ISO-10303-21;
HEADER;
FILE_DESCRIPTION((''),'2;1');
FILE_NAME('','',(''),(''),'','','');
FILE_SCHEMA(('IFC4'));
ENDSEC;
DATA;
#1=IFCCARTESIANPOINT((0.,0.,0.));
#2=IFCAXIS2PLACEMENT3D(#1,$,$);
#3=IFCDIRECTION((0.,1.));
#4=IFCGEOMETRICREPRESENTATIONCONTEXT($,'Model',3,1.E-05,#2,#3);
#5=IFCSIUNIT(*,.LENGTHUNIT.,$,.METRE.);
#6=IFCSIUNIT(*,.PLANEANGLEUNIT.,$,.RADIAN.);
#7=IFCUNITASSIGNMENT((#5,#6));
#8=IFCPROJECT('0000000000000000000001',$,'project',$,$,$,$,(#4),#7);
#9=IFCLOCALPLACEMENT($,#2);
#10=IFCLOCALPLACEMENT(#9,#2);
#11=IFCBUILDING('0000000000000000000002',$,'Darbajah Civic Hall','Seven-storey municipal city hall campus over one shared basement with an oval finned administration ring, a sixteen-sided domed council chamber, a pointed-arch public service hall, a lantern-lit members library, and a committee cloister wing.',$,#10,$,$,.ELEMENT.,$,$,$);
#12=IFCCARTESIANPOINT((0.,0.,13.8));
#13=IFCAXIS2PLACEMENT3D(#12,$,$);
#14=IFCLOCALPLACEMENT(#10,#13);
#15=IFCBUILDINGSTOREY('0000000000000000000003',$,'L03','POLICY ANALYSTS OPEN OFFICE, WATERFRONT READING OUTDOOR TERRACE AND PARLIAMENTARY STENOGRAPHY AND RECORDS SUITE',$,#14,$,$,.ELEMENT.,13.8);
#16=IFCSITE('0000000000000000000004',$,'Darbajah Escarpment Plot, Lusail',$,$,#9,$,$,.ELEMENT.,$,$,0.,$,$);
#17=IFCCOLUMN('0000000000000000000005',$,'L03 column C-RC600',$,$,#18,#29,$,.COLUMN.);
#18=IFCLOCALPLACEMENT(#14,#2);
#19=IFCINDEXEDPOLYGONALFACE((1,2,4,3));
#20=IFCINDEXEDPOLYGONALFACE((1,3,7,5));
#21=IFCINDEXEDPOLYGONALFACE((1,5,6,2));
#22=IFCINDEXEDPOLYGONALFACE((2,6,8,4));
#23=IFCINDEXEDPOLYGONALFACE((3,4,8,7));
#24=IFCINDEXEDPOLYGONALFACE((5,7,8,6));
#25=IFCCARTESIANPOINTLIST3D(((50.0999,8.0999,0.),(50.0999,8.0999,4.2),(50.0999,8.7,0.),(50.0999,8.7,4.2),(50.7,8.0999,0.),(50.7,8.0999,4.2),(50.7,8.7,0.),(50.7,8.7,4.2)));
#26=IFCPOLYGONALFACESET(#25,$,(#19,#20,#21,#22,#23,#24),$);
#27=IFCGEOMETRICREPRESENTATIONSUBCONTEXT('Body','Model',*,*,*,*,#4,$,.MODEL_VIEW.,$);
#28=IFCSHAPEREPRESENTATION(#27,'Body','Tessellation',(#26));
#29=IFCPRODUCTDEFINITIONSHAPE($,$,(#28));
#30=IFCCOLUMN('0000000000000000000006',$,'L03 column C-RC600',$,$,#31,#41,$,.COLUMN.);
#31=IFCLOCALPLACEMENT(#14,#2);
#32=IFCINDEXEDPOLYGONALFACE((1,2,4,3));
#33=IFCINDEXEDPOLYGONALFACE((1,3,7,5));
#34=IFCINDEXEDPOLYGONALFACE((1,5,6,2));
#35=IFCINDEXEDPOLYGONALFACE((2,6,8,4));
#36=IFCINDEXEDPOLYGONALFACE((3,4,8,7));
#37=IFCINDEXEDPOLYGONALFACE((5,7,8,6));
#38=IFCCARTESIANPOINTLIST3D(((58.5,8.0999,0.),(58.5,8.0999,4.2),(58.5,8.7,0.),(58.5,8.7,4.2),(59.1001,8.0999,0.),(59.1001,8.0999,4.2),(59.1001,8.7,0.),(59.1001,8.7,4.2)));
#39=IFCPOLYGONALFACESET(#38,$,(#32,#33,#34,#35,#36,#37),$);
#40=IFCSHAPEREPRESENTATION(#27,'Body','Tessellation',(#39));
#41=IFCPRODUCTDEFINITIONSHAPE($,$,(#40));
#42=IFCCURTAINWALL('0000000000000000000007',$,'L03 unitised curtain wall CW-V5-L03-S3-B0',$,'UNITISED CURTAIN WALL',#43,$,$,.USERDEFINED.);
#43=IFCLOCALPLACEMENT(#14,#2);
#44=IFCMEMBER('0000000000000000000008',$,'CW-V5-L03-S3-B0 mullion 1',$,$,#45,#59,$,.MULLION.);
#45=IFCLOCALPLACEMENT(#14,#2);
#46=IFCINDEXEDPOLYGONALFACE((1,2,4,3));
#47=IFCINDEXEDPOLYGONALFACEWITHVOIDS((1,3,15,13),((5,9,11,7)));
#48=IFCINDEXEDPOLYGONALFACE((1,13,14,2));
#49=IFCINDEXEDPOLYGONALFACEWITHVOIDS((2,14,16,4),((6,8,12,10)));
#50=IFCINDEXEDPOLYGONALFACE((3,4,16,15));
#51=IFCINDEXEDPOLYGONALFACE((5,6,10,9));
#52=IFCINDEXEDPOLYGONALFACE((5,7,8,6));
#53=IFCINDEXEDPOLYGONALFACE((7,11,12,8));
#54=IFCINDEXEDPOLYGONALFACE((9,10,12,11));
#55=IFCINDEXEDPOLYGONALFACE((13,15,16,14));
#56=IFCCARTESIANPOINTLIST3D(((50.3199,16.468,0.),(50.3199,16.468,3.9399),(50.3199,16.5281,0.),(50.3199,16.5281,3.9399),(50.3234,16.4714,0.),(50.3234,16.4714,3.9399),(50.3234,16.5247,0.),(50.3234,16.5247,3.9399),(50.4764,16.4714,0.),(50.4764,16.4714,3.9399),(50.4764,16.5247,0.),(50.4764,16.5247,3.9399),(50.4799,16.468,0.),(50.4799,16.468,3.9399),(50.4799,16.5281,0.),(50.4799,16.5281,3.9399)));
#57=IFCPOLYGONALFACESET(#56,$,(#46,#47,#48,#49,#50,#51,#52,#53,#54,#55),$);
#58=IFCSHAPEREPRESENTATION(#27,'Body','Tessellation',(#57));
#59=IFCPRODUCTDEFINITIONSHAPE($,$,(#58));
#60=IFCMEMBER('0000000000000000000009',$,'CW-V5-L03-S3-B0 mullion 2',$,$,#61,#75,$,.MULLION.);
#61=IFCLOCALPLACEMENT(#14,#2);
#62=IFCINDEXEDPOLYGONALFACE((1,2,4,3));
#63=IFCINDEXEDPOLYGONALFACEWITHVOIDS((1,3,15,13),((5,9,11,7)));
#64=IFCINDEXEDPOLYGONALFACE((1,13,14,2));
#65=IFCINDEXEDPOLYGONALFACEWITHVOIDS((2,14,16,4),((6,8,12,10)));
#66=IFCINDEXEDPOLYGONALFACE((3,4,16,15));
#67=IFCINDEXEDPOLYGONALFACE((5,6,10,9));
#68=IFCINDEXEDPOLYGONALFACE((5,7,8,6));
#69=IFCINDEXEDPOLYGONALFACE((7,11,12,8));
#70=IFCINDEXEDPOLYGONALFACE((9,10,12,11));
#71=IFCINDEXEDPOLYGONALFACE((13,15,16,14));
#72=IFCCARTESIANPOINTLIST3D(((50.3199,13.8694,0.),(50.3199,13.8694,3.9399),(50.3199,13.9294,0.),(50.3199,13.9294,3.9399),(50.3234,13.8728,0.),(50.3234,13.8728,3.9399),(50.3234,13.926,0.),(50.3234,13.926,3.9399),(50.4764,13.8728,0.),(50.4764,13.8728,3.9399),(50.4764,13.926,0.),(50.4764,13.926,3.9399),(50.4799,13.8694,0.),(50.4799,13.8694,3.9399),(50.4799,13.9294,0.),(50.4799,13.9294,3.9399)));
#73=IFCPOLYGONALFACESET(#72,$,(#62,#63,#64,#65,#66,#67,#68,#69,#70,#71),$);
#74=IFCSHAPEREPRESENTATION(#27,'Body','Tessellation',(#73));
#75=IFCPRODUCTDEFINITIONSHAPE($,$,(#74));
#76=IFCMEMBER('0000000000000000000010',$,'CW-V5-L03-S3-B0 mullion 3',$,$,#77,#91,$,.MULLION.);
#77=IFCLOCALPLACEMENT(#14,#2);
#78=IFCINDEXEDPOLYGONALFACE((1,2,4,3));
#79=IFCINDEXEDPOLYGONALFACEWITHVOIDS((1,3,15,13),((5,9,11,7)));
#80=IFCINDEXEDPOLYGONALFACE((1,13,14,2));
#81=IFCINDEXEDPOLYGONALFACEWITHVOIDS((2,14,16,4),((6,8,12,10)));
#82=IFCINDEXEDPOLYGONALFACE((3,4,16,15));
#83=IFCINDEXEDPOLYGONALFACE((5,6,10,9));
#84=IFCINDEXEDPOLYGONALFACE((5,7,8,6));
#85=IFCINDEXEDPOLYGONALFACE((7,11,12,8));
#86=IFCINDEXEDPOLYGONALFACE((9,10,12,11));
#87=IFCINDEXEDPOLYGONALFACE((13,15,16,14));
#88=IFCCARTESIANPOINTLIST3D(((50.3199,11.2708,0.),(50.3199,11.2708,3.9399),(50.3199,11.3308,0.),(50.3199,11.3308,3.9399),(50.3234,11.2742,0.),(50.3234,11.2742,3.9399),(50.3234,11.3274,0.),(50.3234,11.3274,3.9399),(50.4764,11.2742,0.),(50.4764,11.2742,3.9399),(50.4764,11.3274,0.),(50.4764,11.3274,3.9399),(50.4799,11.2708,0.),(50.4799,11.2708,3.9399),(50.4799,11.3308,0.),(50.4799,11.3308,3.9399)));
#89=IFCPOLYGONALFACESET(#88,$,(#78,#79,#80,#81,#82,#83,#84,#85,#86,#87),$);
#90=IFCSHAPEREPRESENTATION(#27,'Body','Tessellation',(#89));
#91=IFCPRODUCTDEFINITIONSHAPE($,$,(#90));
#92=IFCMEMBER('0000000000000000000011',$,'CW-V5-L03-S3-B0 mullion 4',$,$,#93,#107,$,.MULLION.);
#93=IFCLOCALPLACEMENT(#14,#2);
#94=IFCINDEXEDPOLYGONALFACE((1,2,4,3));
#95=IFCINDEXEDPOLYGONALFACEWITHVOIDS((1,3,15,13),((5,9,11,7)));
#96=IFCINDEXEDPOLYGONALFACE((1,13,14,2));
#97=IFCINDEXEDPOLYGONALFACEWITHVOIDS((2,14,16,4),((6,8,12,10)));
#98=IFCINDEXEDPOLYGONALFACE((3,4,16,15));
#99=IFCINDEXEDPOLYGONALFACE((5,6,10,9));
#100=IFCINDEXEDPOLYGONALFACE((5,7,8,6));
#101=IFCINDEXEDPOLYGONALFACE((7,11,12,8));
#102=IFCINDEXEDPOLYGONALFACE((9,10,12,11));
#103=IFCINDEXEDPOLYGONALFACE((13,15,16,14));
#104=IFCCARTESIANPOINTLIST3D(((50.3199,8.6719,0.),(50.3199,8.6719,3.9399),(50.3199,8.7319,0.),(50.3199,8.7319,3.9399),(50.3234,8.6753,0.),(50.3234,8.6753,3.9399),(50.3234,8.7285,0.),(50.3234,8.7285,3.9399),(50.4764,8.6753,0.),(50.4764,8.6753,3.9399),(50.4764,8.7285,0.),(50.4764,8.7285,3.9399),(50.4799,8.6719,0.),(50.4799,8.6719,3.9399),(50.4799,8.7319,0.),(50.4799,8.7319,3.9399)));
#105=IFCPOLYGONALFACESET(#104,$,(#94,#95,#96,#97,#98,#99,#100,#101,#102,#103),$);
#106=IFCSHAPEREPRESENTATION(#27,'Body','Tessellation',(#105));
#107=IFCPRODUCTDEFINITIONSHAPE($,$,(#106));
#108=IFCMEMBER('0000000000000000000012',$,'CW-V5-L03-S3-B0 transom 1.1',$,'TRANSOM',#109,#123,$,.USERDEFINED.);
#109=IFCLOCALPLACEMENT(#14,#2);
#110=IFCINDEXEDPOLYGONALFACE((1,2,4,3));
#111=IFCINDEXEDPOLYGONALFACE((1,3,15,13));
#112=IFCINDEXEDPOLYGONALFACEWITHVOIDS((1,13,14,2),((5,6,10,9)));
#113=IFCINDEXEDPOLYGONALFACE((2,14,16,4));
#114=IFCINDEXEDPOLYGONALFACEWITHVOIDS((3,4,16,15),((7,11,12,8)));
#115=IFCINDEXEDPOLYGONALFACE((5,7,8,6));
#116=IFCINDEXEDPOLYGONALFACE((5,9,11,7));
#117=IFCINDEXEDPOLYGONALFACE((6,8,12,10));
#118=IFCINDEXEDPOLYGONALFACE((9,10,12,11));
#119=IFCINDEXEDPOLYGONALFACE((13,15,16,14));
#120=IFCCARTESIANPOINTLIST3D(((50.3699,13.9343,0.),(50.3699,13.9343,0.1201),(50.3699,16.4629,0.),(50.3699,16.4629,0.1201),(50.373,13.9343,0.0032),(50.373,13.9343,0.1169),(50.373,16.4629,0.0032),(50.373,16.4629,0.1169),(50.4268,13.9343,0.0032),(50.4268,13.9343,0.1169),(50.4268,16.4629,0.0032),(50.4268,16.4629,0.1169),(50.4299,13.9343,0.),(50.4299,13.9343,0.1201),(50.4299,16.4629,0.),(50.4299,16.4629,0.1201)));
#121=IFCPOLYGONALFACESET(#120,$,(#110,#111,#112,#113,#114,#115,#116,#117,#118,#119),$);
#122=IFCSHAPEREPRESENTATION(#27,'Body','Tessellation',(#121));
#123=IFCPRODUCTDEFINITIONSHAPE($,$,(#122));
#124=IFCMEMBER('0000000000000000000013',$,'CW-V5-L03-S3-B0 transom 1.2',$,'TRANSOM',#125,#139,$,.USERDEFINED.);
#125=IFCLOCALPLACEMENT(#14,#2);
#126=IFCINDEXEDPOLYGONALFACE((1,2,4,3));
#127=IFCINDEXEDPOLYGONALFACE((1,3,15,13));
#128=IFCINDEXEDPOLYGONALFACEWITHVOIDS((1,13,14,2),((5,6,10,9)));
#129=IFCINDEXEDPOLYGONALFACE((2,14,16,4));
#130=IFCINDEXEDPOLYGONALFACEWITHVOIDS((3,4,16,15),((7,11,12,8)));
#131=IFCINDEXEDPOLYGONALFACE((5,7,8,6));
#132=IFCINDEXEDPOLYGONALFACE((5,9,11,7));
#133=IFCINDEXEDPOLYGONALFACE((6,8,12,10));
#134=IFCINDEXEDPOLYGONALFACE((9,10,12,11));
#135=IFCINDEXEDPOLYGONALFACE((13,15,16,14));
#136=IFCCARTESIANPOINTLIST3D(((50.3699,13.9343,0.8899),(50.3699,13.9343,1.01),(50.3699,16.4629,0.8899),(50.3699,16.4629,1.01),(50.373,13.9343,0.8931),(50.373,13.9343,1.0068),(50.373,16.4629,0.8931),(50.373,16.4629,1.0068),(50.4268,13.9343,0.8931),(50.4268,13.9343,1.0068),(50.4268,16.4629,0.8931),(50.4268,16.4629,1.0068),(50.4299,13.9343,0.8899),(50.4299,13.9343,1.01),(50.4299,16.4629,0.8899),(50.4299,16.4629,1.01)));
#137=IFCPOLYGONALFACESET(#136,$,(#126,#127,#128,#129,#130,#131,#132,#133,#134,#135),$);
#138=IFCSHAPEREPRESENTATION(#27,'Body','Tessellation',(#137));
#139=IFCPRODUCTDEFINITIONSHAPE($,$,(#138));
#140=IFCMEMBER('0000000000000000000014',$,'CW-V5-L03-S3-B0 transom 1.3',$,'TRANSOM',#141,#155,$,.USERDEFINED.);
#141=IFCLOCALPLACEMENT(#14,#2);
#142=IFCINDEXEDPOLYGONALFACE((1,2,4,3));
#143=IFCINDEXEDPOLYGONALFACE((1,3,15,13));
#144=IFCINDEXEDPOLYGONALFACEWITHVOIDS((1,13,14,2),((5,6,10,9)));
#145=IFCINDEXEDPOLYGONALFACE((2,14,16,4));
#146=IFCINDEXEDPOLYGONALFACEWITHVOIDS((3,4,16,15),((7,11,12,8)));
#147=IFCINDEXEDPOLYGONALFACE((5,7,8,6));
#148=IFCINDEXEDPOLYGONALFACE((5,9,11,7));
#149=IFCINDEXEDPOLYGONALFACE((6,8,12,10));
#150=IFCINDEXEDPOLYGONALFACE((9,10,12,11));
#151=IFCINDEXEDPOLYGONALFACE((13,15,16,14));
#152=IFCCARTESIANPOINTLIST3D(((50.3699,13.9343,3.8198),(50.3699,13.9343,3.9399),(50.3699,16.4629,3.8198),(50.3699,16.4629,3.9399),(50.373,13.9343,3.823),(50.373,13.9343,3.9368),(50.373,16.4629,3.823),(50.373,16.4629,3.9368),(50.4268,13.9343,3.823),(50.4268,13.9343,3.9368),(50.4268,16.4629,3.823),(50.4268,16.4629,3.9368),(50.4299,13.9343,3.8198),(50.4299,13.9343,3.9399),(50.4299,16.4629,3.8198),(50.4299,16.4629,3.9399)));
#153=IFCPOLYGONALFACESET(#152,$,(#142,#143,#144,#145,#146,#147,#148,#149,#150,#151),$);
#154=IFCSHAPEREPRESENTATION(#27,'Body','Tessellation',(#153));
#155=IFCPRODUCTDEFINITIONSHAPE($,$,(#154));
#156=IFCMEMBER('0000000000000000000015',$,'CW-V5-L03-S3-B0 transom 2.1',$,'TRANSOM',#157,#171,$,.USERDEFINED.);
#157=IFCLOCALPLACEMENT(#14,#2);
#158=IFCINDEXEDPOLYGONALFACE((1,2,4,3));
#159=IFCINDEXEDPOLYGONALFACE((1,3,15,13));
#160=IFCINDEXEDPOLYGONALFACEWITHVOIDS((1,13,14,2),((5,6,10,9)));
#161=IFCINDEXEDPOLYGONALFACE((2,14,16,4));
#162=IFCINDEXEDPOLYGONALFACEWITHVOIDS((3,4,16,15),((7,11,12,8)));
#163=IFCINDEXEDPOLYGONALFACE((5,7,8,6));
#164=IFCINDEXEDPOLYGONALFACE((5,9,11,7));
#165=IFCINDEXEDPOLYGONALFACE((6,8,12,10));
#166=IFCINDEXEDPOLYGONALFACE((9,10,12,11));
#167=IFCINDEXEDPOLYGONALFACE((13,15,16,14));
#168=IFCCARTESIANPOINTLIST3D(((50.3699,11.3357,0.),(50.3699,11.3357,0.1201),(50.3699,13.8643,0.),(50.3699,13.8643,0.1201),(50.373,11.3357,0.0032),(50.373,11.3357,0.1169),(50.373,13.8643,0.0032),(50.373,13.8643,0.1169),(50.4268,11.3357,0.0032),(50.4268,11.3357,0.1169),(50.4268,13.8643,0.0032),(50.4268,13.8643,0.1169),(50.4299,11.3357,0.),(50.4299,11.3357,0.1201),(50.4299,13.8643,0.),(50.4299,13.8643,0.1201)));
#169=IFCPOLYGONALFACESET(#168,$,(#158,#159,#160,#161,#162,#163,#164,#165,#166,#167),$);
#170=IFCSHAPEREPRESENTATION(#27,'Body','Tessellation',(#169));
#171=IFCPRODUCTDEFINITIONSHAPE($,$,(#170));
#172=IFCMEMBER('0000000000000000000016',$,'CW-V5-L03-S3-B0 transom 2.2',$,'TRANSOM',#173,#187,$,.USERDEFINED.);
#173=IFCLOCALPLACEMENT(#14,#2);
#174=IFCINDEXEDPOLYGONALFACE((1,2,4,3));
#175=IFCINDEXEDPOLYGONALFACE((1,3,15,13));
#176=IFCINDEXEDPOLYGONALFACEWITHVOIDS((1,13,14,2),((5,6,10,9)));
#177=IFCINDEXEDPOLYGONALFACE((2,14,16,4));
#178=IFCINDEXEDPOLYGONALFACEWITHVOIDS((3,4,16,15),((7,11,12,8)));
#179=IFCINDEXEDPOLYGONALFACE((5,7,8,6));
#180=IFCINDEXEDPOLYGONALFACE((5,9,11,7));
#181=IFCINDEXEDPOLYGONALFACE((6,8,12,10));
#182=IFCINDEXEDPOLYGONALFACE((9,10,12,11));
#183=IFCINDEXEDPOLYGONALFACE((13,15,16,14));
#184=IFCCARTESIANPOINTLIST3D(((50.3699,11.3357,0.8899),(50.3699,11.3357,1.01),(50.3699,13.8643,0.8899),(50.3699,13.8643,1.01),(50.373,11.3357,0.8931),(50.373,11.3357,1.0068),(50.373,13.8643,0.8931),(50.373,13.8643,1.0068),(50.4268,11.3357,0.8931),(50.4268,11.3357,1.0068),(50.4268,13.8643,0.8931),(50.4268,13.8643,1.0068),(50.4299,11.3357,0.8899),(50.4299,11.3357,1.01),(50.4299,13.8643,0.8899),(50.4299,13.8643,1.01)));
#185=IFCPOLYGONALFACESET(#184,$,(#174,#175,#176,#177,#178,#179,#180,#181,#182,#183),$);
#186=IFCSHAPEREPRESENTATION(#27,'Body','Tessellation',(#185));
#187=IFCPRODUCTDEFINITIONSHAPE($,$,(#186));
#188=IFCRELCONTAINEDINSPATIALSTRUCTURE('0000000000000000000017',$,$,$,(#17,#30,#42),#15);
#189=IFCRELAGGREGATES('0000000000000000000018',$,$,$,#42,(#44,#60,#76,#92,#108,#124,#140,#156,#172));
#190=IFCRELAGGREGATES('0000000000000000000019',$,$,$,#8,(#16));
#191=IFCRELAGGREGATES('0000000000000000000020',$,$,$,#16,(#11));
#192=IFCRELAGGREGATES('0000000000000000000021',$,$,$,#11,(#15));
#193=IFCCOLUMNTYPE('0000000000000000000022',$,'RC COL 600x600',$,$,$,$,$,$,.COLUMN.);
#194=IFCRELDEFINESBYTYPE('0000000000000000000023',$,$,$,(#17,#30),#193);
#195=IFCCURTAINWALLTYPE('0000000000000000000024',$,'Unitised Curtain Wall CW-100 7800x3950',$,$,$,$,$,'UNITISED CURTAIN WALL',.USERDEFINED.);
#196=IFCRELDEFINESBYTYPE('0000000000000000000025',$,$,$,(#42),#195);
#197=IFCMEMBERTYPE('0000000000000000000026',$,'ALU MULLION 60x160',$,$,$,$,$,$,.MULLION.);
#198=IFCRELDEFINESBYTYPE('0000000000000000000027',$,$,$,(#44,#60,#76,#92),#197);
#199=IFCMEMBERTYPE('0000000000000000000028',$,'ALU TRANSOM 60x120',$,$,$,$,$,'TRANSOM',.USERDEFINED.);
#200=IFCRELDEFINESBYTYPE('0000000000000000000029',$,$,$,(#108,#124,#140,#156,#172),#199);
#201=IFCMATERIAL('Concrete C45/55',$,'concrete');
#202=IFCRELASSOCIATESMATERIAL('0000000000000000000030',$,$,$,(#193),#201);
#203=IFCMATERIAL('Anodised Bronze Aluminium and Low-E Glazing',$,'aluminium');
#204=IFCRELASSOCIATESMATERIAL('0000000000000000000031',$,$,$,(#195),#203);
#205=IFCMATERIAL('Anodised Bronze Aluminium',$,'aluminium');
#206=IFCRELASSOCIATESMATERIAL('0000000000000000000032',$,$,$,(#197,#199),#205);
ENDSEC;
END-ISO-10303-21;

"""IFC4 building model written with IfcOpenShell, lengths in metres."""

from ifc_helpers import new_model, si_unit, direction, frame, origin, origin_2d, place, context, subcontext, project, spatial, rectangle, hollow_rectangle, extrude, material, material_profile, profile_set, type_object, element, aggregate, save


model = new_model("IFC4")

# Units and contexts
model_context = context("Model", 3, precision=1e-05, world=origin(), true_north=direction((0.0, 1.0)))
body_context = subcontext(model_context, "Body", "Model", "MODEL_VIEW")
ifc_project = project(units=[si_unit("LENGTHUNIT", "METRE"), si_unit("PLANEANGLEUNIT", "RADIAN")], contexts=[model_context])

# Site, building, storey
site_placement = place(None, origin())
site = spatial("IfcSite", under=ifc_project, at=site_placement, Name="Darbajah Escarpment Plot, Lusail", CompositionType="ELEMENT", RefElevation=0.0)
building_placement = place(site_placement, origin())
building = spatial("IfcBuilding", under=site, at=building_placement, Name="Darbajah Civic Hall", Description="Seven-storey municipal city hall campus over one shared basement with an oval finned administration ring, a sixteen-sided domed council chamber, a pointed-arch public service hall, a lantern-lit members library, and a committee cloister wing.", CompositionType="ELEMENT")
storey_placement = place(building_placement, frame((0.0, 0.0, 13.8)))
storey = spatial("IfcBuildingStorey", under=building, at=storey_placement, Name="L03", Description="POLICY ANALYSTS OPEN OFFICE, WATERFRONT READING OUTDOOR TERRACE AND PARLIAMENTARY STENOGRAPHY AND RECORDS SUITE", CompositionType="ELEMENT", Elevation=13.8)

# Columns
ifc_material_1 = material(Name="Concrete C45/55", Category="concrete")
ifc_material_profile_1 = material_profile(ifc_material_1, rectangle(XDim=0.6001, YDim=0.6001, at=origin_2d()), Name="RC COL 600x600")
ifc_profile_set_1 = profile_set([ifc_material_profile_1], Name="Concrete C45/55")
column_type = type_object("IfcColumnType", Name="RC COL 600x600", PredefinedType="COLUMN", material=ifc_profile_set_1)
for number, where, z_axis, x_axis, name in (
    (1, (50.3999, 8.3999, 0.0), (0.0, 0.0, 1.0), (1.0, 0.0, 0.0), "L03 column C-RC600"),
    (2, (58.8, 8.3999, 0.0), (0.0, 0.0, 1.0), (1.0, 0.0, 0.0), "L03 column C-RC600"),
):
    element("IfcColumn", number, at=place(storey_placement, frame(where, z_axis=z_axis, x_axis=x_axis)), inside=storey, type_object=column_type, Name=name, PredefinedType="COLUMN", context=body_context, shape_type="SweptSolid", body=[
        extrude(rectangle(XDim=0.6001, YDim=0.6001, at=origin_2d()), origin(), (0.0, 0.0, 1.0), 4.2),
    ])

# Curtain wall, members
ifc_material_2 = material(Name="Anodised Bronze Aluminium and Low-E Glazing", Category="aluminium")
curtain_wall_type = type_object("IfcCurtainWallType", Name="Unitised Curtain Wall CW-100 7800x3950", ElementType="UNITISED CURTAIN WALL", PredefinedType="USERDEFINED", material=ifc_material_2)
curtain_wall_placement = place(storey_placement, origin())
curtain_wall = element("IfcCurtainWall", 3, at=curtain_wall_placement, inside=storey, type_object=curtain_wall_type, Name="L03 unitised curtain wall CW-V5-L03-S3-B0", ObjectType="UNITISED CURTAIN WALL", PredefinedType="USERDEFINED")
ifc_material_3 = material(Name="Anodised Bronze Aluminium", Category="aluminium")
ifc_material_profile_2 = material_profile(ifc_material_3, hollow_rectangle(XDim=0.0601, YDim=0.1599, WallThickness=0.0034, at=origin_2d()), Name="ALU MULLION 60x160")
ifc_profile_set_2 = profile_set([ifc_material_profile_2], Name="Anodised Bronze Aluminium")
member_type_1 = type_object("IfcMemberType", Name="ALU MULLION 60x160", PredefinedType="MULLION", material=ifc_profile_set_2)
member_1_placement = place(storey_placement, frame((50.3999, 16.498, 0.0), z_axis=(0.0, 0.0, 1.0), x_axis=(0.0, -1.0, 0.0)))
member_1 = element("IfcMember", 4, at=member_1_placement, type_object=member_type_1, Name="CW-V5-L03-S3-B0 mullion 1", PredefinedType="MULLION", context=body_context, shape_type="SweptSolid", body=[
    extrude(hollow_rectangle(XDim=0.0601, YDim=0.1599, WallThickness=0.0034, at=origin_2d()), origin(), (0.0, 0.0, 1.0), 3.9399),
])
member_2_placement = place(storey_placement, frame((50.3999, 13.8994, 0.0), z_axis=(0.0, 0.0, 1.0), x_axis=(0.0, -1.0, 0.0)))
member_2 = element("IfcMember", 5, at=member_2_placement, type_object=member_type_1, Name="CW-V5-L03-S3-B0 mullion 2", PredefinedType="MULLION", context=body_context, shape_type="SweptSolid", body=[
    extrude(hollow_rectangle(XDim=0.0601, YDim=0.1599, WallThickness=0.0034, at=origin_2d()), origin(), (0.0, 0.0, 1.0), 3.9399),
])
member_3_placement = place(storey_placement, frame((50.3999, 11.3008, 0.0), z_axis=(0.0, 0.0, 1.0), x_axis=(0.0, -1.0, 0.0)))
member_3 = element("IfcMember", 6, at=member_3_placement, type_object=member_type_1, Name="CW-V5-L03-S3-B0 mullion 3", PredefinedType="MULLION", context=body_context, shape_type="SweptSolid", body=[
    extrude(hollow_rectangle(XDim=0.0601, YDim=0.1599, WallThickness=0.0034, at=origin_2d()), origin(), (0.0, 0.0, 1.0), 3.9399),
])
member_4_placement = place(storey_placement, frame((50.3999, 8.7019, 0.0), z_axis=(0.0, 0.0, 1.0), x_axis=(0.0, -1.0, 0.0)))
member_4 = element("IfcMember", 7, at=member_4_placement, type_object=member_type_1, Name="CW-V5-L03-S3-B0 mullion 4", PredefinedType="MULLION", context=body_context, shape_type="SweptSolid", body=[
    extrude(hollow_rectangle(XDim=0.0601, YDim=0.1599, WallThickness=0.0034, at=origin_2d()), origin(), (0.0, 0.0, 1.0), 3.9399),
])
ifc_material_profile_3 = material_profile(ifc_material_3, hollow_rectangle(XDim=0.0601, YDim=0.1201, WallThickness=0.0032, at=origin_2d()), Name="ALU TRANSOM 60x120")
ifc_profile_set_3 = profile_set([ifc_material_profile_3], Name="Anodised Bronze Aluminium")
member_type_2 = type_object("IfcMemberType", Name="ALU TRANSOM 60x120", ElementType="TRANSOM", PredefinedType="USERDEFINED", material=ifc_profile_set_3)
member_5_placement = place(storey_placement, frame((50.3999, 16.4629, 0.0601), z_axis=(0.0, -1.0, 0.0), x_axis=(1.0, 0.0, 0.0)))
member_5 = element("IfcMember", 8, at=member_5_placement, type_object=member_type_2, Name="CW-V5-L03-S3-B0 transom 1.1", ObjectType="TRANSOM", PredefinedType="USERDEFINED", context=body_context, shape_type="SweptSolid", body=[
    extrude(hollow_rectangle(XDim=0.0601, YDim=0.1201, WallThickness=0.0032, at=origin_2d()), origin(), (0.0, 0.0, 1.0), 2.5286),
])
member_6_placement = place(storey_placement, frame((50.3999, 16.4629, 0.95), z_axis=(0.0, -1.0, 0.0), x_axis=(1.0, 0.0, 0.0)))
member_6 = element("IfcMember", 9, at=member_6_placement, type_object=member_type_2, Name="CW-V5-L03-S3-B0 transom 1.2", ObjectType="TRANSOM", PredefinedType="USERDEFINED", context=body_context, shape_type="SweptSolid", body=[
    extrude(hollow_rectangle(XDim=0.0601, YDim=0.1201, WallThickness=0.0032, at=origin_2d()), origin(), (0.0, 0.0, 1.0), 2.5286),
])
member_7_placement = place(storey_placement, frame((50.3999, 16.4629, 3.8799), z_axis=(0.0, -1.0, 0.0), x_axis=(1.0, 0.0, 0.0)))
member_7 = element("IfcMember", 10, at=member_7_placement, type_object=member_type_2, Name="CW-V5-L03-S3-B0 transom 1.3", ObjectType="TRANSOM", PredefinedType="USERDEFINED", context=body_context, shape_type="SweptSolid", body=[
    extrude(hollow_rectangle(XDim=0.0601, YDim=0.1201, WallThickness=0.0032, at=origin_2d()), origin(), (0.0, 0.0, 1.0), 2.5286),
])
member_8_placement = place(storey_placement, frame((50.3999, 13.8643, 0.0601), z_axis=(0.0, -1.0, 0.0), x_axis=(1.0, 0.0, 0.0)))
member_8 = element("IfcMember", 11, at=member_8_placement, type_object=member_type_2, Name="CW-V5-L03-S3-B0 transom 2.1", ObjectType="TRANSOM", PredefinedType="USERDEFINED", context=body_context, shape_type="SweptSolid", body=[
    extrude(hollow_rectangle(XDim=0.0601, YDim=0.1201, WallThickness=0.0032, at=origin_2d()), origin(), (0.0, 0.0, 1.0), 2.5286),
])
member_9_placement = place(storey_placement, frame((50.3999, 13.8643, 0.95), z_axis=(0.0, -1.0, 0.0), x_axis=(1.0, 0.0, 0.0)))
member_9 = element("IfcMember", 12, at=member_9_placement, type_object=member_type_2, Name="CW-V5-L03-S3-B0 transom 2.2", ObjectType="TRANSOM", PredefinedType="USERDEFINED", context=body_context, shape_type="SweptSolid", body=[
    extrude(hollow_rectangle(XDim=0.0601, YDim=0.1201, WallThickness=0.0032, at=origin_2d()), origin(), (0.0, 0.0, 1.0), 2.5286),
])

aggregate(curtain_wall, [member_1, member_2, member_3, member_4, member_5, member_6, member_7, member_8, member_9])

save(model, "model.ifc")
